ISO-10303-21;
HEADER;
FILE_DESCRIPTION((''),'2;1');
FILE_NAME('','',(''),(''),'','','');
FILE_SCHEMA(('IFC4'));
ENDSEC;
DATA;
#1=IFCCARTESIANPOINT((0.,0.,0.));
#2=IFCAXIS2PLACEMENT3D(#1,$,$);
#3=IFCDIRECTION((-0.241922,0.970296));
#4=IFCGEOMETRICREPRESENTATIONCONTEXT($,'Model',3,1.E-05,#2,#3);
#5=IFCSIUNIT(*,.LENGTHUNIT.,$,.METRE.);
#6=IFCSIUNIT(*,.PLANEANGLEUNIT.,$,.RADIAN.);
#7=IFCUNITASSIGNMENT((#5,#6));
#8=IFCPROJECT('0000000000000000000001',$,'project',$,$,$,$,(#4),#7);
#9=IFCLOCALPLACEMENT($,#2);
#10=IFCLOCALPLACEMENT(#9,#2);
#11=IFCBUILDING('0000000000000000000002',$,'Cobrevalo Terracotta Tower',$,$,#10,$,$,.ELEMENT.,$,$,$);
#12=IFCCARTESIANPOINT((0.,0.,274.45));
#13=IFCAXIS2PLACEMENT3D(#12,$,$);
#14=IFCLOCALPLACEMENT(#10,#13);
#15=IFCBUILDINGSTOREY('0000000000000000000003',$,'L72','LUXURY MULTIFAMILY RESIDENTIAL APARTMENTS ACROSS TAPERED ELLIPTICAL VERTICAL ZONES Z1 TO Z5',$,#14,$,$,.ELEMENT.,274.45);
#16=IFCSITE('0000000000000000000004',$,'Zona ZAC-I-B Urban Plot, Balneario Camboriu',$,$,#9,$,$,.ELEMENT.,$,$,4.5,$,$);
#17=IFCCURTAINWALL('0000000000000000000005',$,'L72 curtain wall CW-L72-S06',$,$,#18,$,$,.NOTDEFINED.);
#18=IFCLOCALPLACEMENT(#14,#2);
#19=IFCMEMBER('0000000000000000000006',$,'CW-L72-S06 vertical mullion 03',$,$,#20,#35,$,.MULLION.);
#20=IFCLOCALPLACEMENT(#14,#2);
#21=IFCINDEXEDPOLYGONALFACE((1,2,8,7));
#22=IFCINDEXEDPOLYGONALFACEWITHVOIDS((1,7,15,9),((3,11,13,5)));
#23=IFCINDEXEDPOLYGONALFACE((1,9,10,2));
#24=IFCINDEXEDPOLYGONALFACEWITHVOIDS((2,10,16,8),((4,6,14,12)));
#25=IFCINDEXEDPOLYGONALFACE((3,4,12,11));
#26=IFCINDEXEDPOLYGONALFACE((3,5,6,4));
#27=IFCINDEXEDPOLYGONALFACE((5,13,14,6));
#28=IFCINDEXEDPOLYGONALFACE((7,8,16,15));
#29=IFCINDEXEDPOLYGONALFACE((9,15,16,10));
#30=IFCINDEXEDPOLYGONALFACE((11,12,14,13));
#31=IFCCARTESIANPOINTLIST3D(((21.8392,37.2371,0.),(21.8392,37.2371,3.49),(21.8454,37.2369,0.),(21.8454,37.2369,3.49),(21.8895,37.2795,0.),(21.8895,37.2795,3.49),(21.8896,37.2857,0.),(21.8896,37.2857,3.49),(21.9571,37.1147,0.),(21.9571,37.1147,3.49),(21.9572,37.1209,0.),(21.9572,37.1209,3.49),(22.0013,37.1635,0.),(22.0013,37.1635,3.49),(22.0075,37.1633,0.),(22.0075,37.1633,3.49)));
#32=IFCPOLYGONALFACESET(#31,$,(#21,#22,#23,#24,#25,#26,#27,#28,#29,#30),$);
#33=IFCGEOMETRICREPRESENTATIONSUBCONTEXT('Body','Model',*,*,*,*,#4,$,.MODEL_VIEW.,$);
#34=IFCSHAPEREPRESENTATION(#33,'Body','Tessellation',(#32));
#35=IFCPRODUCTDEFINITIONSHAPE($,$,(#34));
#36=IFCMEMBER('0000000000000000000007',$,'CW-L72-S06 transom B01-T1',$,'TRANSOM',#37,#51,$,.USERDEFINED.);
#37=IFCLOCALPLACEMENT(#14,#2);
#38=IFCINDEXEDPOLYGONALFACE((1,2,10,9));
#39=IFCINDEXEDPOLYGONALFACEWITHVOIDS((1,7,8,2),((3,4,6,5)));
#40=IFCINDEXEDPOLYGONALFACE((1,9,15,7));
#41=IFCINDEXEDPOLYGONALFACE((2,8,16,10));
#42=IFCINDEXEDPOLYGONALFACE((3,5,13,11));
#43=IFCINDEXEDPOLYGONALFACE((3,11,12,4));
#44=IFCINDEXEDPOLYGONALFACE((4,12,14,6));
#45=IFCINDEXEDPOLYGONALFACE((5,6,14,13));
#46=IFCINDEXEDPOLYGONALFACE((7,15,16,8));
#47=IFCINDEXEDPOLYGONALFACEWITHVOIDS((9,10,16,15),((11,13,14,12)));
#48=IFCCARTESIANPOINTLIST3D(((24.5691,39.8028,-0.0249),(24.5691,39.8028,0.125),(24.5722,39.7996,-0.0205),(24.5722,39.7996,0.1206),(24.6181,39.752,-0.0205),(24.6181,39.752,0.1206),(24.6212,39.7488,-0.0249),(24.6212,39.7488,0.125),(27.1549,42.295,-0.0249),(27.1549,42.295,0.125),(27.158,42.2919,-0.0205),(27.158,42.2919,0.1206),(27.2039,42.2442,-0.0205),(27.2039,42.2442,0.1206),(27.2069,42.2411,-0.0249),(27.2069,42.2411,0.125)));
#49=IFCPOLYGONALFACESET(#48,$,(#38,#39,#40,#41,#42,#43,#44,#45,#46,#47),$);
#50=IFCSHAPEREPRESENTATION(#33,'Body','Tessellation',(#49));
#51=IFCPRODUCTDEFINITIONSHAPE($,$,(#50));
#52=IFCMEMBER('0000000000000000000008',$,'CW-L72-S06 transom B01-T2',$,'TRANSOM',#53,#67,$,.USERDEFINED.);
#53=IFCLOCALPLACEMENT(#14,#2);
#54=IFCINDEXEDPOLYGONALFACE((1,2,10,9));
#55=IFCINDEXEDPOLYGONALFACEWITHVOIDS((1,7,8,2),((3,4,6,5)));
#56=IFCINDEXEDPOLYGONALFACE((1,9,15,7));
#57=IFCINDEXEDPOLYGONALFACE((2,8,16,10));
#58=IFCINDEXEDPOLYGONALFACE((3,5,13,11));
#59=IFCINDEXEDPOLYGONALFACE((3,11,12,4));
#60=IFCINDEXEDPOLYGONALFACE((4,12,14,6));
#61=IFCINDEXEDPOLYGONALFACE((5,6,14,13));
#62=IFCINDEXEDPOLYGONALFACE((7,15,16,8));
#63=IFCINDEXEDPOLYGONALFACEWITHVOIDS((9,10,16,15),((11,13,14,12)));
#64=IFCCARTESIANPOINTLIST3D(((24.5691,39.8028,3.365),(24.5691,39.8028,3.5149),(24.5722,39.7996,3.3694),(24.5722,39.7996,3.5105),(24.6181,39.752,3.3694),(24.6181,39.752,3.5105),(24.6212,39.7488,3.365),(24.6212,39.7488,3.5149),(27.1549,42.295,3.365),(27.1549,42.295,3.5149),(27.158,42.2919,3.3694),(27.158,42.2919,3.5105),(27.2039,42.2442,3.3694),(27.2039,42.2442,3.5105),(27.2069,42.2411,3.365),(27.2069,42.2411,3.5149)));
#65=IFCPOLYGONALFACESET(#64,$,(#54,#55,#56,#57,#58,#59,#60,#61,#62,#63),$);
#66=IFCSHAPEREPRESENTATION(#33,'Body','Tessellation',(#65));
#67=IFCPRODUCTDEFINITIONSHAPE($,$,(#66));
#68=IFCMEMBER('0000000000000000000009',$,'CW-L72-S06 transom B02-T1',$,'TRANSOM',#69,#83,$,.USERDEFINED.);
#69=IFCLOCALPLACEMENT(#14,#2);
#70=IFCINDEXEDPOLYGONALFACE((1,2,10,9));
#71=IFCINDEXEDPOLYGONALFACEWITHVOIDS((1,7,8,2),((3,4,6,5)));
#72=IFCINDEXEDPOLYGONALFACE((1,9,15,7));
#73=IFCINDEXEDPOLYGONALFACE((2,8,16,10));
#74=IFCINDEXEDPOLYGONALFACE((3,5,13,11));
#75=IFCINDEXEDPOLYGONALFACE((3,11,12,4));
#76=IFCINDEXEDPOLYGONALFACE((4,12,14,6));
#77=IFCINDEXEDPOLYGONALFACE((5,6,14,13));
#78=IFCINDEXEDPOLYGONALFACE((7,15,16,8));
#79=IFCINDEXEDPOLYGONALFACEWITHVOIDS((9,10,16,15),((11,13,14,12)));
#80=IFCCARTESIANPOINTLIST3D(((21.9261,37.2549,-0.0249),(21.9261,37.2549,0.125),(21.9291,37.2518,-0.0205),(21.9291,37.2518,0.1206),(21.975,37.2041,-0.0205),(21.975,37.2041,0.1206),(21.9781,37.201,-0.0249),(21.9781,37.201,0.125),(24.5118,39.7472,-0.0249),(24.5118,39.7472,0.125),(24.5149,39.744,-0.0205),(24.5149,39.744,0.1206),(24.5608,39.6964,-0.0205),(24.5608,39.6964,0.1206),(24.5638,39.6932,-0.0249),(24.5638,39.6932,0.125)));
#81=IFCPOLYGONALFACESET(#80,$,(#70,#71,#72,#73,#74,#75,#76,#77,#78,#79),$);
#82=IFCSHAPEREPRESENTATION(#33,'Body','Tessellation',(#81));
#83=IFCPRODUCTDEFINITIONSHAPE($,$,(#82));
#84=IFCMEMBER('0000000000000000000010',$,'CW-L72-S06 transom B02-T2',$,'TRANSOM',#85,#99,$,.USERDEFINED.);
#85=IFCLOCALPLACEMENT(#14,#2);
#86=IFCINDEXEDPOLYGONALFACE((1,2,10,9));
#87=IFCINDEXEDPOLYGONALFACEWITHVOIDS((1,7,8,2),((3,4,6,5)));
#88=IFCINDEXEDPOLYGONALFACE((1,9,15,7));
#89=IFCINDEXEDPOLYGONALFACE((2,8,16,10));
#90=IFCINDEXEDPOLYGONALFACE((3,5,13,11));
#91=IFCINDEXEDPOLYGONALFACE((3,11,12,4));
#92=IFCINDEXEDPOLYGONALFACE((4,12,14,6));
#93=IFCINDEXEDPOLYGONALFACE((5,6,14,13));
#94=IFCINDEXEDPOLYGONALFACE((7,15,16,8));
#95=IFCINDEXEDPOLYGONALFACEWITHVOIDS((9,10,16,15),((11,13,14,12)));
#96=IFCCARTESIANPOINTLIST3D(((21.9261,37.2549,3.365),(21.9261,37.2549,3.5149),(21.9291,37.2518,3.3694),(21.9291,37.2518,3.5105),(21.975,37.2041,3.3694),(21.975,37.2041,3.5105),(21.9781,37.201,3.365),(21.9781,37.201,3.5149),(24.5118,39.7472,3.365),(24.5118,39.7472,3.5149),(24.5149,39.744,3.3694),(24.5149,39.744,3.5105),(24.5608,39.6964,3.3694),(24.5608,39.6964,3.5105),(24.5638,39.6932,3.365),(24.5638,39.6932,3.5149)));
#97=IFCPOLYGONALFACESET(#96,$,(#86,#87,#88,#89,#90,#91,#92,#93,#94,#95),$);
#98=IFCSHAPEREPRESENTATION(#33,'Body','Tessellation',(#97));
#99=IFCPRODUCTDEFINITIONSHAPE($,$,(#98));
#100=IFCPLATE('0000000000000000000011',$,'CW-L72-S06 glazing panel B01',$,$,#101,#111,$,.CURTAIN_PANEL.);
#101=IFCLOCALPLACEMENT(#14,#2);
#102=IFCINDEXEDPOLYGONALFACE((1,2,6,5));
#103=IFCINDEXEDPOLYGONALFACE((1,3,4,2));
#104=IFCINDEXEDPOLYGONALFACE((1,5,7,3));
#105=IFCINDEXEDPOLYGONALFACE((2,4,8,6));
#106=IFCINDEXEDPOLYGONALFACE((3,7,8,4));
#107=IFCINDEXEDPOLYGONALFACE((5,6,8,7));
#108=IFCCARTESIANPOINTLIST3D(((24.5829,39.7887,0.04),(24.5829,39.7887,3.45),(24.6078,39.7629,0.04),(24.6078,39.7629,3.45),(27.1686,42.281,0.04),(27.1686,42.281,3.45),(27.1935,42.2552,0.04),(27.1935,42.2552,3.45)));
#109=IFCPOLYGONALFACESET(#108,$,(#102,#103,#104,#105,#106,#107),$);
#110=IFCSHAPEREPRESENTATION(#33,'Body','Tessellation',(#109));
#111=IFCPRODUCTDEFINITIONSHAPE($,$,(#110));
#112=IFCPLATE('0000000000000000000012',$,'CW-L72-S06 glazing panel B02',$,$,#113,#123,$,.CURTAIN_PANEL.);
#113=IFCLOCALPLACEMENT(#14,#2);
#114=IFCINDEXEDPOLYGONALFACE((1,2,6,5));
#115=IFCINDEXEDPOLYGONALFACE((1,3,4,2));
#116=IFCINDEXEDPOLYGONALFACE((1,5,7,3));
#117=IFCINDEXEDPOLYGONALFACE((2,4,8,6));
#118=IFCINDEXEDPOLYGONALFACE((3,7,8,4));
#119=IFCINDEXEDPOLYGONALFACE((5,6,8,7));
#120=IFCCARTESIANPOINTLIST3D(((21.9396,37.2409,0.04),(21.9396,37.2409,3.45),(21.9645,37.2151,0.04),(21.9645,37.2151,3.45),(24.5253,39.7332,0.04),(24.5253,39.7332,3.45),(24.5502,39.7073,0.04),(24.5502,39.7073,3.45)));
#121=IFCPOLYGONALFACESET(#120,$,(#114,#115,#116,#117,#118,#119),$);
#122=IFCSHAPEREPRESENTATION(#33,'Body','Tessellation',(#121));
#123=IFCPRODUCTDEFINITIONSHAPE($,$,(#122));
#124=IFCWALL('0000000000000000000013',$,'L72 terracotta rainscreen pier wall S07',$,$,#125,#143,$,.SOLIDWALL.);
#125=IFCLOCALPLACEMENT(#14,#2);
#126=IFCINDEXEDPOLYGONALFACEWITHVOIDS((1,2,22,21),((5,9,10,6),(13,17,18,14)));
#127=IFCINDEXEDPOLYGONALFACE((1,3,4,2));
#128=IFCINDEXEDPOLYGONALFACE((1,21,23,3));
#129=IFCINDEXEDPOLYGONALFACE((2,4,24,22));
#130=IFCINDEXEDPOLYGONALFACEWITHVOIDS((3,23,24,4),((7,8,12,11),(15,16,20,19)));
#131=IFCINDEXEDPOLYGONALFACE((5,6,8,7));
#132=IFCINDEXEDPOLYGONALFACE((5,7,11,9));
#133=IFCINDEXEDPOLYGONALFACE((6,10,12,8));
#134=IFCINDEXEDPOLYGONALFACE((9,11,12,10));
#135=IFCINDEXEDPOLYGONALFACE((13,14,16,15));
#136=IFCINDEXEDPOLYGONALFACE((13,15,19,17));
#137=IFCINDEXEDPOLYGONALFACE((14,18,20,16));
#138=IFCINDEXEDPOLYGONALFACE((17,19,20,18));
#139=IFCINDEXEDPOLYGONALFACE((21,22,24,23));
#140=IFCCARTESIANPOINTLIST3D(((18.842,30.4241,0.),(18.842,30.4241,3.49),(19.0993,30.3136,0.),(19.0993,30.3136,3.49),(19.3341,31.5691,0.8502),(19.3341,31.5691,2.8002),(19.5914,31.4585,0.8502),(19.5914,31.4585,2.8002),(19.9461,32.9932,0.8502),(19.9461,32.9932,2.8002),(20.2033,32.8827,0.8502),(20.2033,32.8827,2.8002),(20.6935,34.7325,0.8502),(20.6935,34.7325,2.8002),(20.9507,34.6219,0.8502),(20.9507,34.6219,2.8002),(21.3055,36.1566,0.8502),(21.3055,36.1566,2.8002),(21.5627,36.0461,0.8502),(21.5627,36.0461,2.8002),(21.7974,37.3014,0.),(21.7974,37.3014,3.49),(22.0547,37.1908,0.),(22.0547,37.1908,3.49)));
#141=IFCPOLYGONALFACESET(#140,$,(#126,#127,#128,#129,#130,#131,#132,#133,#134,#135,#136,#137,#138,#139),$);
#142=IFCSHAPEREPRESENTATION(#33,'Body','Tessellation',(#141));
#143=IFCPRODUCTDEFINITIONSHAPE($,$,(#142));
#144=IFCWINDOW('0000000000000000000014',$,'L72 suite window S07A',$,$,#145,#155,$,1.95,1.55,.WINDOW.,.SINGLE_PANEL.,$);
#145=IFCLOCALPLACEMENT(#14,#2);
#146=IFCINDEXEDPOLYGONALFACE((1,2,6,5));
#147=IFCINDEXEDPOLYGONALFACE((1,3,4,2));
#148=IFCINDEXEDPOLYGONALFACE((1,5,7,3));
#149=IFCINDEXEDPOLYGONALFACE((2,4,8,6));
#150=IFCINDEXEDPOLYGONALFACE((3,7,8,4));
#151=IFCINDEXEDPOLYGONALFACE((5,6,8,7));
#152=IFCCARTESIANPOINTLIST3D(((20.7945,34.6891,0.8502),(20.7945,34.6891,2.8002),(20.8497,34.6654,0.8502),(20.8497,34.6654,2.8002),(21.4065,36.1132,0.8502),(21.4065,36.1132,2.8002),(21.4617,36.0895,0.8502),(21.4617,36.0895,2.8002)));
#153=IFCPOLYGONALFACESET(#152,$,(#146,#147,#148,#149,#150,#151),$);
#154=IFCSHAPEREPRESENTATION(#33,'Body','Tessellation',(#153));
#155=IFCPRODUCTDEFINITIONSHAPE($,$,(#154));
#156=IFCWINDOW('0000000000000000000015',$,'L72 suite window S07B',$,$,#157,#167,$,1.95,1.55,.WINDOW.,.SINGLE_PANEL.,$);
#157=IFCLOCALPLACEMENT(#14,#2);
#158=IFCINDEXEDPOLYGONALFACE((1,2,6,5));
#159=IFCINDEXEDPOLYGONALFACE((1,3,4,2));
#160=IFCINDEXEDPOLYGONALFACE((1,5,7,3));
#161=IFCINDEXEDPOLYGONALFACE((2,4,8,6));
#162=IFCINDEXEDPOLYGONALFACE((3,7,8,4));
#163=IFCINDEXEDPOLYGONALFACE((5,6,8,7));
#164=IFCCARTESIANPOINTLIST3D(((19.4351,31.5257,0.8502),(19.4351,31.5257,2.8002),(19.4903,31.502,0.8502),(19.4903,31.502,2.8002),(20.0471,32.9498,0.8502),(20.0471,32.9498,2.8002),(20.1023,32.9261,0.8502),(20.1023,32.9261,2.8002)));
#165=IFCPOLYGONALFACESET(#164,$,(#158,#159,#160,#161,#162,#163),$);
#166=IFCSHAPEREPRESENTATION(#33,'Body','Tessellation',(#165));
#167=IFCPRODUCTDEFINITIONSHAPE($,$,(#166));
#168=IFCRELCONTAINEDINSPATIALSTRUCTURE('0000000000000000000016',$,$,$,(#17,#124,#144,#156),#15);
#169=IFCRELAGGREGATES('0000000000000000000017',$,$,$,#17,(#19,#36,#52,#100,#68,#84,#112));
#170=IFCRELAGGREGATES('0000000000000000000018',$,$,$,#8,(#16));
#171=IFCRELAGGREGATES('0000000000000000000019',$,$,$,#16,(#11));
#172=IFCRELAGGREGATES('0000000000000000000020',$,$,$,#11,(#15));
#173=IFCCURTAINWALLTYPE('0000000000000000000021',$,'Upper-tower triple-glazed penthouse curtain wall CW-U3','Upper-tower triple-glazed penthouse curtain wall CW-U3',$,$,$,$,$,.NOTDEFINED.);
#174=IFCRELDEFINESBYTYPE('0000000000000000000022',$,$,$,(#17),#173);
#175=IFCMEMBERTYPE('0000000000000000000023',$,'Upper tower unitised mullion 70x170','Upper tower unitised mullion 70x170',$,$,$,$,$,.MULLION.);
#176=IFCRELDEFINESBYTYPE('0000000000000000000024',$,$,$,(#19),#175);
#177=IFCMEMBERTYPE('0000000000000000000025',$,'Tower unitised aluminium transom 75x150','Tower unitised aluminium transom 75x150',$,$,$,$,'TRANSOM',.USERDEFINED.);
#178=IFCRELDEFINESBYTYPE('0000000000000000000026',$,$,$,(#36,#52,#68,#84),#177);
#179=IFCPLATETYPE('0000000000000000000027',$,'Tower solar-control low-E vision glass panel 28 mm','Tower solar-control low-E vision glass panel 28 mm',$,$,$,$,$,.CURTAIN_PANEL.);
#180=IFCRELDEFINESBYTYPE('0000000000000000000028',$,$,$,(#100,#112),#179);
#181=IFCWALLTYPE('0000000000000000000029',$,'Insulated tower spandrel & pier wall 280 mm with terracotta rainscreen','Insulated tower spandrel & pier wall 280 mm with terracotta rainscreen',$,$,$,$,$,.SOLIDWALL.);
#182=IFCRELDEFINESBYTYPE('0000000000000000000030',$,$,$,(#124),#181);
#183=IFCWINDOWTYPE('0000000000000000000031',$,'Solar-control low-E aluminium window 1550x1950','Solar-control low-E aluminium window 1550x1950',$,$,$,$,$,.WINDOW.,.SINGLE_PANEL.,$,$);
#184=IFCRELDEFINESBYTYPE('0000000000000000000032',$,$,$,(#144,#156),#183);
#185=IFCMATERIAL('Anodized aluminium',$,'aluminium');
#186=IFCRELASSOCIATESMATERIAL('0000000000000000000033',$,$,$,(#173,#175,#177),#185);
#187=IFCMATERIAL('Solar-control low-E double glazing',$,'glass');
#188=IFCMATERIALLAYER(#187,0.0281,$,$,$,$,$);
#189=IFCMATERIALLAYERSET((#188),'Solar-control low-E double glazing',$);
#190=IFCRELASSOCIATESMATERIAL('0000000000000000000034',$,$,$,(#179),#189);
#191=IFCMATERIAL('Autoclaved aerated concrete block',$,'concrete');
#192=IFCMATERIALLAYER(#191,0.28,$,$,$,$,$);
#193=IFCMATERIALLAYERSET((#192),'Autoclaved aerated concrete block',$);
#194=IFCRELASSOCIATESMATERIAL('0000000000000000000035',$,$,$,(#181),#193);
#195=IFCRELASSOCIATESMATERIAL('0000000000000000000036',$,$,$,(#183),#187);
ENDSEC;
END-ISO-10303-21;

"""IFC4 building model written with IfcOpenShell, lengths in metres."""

from ifc_helpers import new_model, si_unit, direction, frame, frame_2d, origin, origin_2d, place, context, subcontext, project, spatial, rectangle, hollow_rectangle, extrude, source, transform, mapped, material, layer, layer_set, material_profile, profile_set, type_object, element, fill, aggregate, save


model = new_model("IFC4")

# Units and contexts
model_context = context("Model", 3, precision=1e-05, world=origin(), true_north=direction((-0.241922, 0.970296)))
body_context = subcontext(model_context, "Body", "Model", "MODEL_VIEW")
ifc_project = project(units=[si_unit("LENGTHUNIT", "METRE"), si_unit("PLANEANGLEUNIT", "RADIAN")], contexts=[model_context])

# Site, building, storey
site_placement = place(None, origin())
site = spatial("IfcSite", under=ifc_project, at=site_placement, Name="Zona ZAC-I-B Urban Plot, Balneario Camboriu", CompositionType="ELEMENT", RefElevation=4.5)
building_placement = place(site_placement, origin())
building = spatial("IfcBuilding", under=site, at=building_placement, Name="Cobrevalo Terracotta Tower", CompositionType="ELEMENT")
storey_placement = place(building_placement, frame((0.0, 0.0, 274.45)))
storey = spatial("IfcBuildingStorey", under=building, at=storey_placement, Name="L72", Description="LUXURY MULTIFAMILY RESIDENTIAL APARTMENTS ACROSS TAPERED ELLIPTICAL VERTICAL ZONES Z1 TO Z5", CompositionType="ELEMENT", Elevation=274.45)

# Curtain wall, members, plates
ifc_material_1 = material(Name="Anodized aluminium", Category="aluminium")
curtain_wall_type = type_object("IfcCurtainWallType", Name="Upper-tower triple-glazed penthouse curtain wall CW-U3", Description="Upper-tower triple-glazed penthouse curtain wall CW-U3", PredefinedType="NOTDEFINED", material=ifc_material_1)
curtain_wall_placement = place(storey_placement, origin())
curtain_wall = element("IfcCurtainWall", 1, at=curtain_wall_placement, inside=storey, type_object=curtain_wall_type, Name="L72 curtain wall CW-L72-S06", PredefinedType="NOTDEFINED")
ifc_material_profile_1 = material_profile(ifc_material_1, hollow_rectangle(XDim=0.0701, YDim=0.1699, WallThickness=0.0044, at=origin_2d()), Name="CWM 70x170")
ifc_profile_set_1 = profile_set([ifc_material_profile_1], Name="Anodized aluminium")
member_type_1 = type_object("IfcMemberType", Name="Upper tower unitised mullion 70x170", Description="Upper tower unitised mullion 70x170", PredefinedType="MULLION", material=ifc_profile_set_1)
shared_shape_1 = source(origin(), body_context, "Body", "SweptSolid", [
    extrude(hollow_rectangle(XDim=0.0701, YDim=0.1699, WallThickness=0.0044, at=origin_2d()), origin(), (0.0, 0.0, 1.0), 3.49),
])
member_1_placement = place(storey_placement, frame((21.9233, 37.2002, 0.0), z_axis=(0.0, 0.0, 1.0), x_axis=(-0.719994, -0.69398, 0.0)))
member_1 = element("IfcMember", 2, at=member_1_placement, type_object=member_type_1, Name="CW-L72-S06 vertical mullion 03", PredefinedType="MULLION", context=body_context, shape_type="MappedRepresentation", body=[
    mapped(shared_shape_1, transform((0.0, 0.0, 0.0), scale=1.0)),
])
ifc_material_profile_2 = material_profile(ifc_material_1, hollow_rectangle(XDim=0.075, YDim=0.1499, WallThickness=0.0044, at=origin_2d()), Name="CWT 75x150")
ifc_profile_set_2 = profile_set([ifc_material_profile_2], Name="Anodized aluminium")
member_type_2 = type_object("IfcMemberType", Name="Tower unitised aluminium transom 75x150", Description="Tower unitised aluminium transom 75x150", ElementType="TRANSOM", PredefinedType="USERDEFINED", material=ifc_profile_set_2)
shared_shape_2 = source(origin(), body_context, "Body", "SweptSolid", [
    extrude(hollow_rectangle(XDim=0.075, YDim=0.1499, WallThickness=0.0044, at=origin_2d()), origin(), (0.0, 0.0, 1.0), 3.5913),
])
member_2_placement = place(storey_placement, frame((27.1809, 42.2681, 0.05), z_axis=(-0.720006, -0.693968, 0.0), x_axis=(0.693968, -0.720006, 0.0)))
member_2 = element("IfcMember", 3, at=member_2_placement, type_object=member_type_2, Name="CW-L72-S06 transom B01-T1", ObjectType="TRANSOM", PredefinedType="USERDEFINED", context=body_context, shape_type="MappedRepresentation", body=[
    mapped(shared_shape_2, transform((0.0, 0.0, 0.0), scale=1.0)),
])
member_3_placement = place(storey_placement, frame((27.1809, 42.2681, 3.4399), z_axis=(-0.720006, -0.693968, 0.0), x_axis=(0.693968, -0.720006, 0.0)))
member_3 = element("IfcMember", 4, at=member_3_placement, type_object=member_type_2, Name="CW-L72-S06 transom B01-T2", ObjectType="TRANSOM", PredefinedType="USERDEFINED", context=body_context, shape_type="MappedRepresentation", body=[
    mapped(shared_shape_2, transform((0.0, 0.0, 0.0), scale=1.0)),
])
member_4_placement = place(storey_placement, frame((24.5378, 39.7202, 0.05), z_axis=(-0.720006, -0.693968, 0.0), x_axis=(0.693968, -0.720006, 0.0)))
member_4 = element("IfcMember", 5, at=member_4_placement, type_object=member_type_2, Name="CW-L72-S06 transom B02-T1", ObjectType="TRANSOM", PredefinedType="USERDEFINED", context=body_context, shape_type="MappedRepresentation", body=[
    mapped(shared_shape_2, transform((0.0, 0.0, 0.0), scale=1.0)),
])
member_5_placement = place(storey_placement, frame((24.5378, 39.7202, 3.4399), z_axis=(-0.720006, -0.693968, 0.0), x_axis=(0.693968, -0.720006, 0.0)))
member_5 = element("IfcMember", 6, at=member_5_placement, type_object=member_type_2, Name="CW-L72-S06 transom B02-T2", ObjectType="TRANSOM", PredefinedType="USERDEFINED", context=body_context, shape_type="MappedRepresentation", body=[
    mapped(shared_shape_2, transform((0.0, 0.0, 0.0), scale=1.0)),
])
ifc_material_2 = material(Name="Solar-control low-E double glazing", Category="glass")
ifc_layer_1 = layer(ifc_material_2, 0.0281)
ifc_layer_set_1 = layer_set([ifc_layer_1], Name="Solar-control low-E double glazing")
plate_type = type_object("IfcPlateType", Name="Tower solar-control low-E vision glass panel 28 mm", Description="Tower solar-control low-E vision glass panel 28 mm", PredefinedType="CURTAIN_PANEL", material=ifc_layer_set_1)
shared_shape_3 = source(origin(), body_context, "Body", "SweptSolid", [
    extrude(rectangle(XDim=3.5913, YDim=0.0359, at=origin_2d()), origin(), (0.0, 0.0, 1.0), 3.4099),
])
plate_1_placement = place(storey_placement, frame((25.8882, 41.022, 0.04), z_axis=(0.0, 0.0, 1.0), x_axis=(-0.719997, -0.693978, 0.0)))
plate_1 = element("IfcPlate", 7, at=plate_1_placement, type_object=plate_type, Name="CW-L72-S06 glazing panel B01", PredefinedType="CURTAIN_PANEL", context=body_context, shape_type="MappedRepresentation", body=[
    mapped(shared_shape_3, transform((0.0, 0.0, 0.0), scale=1.0)),
])
plate_2_placement = place(storey_placement, frame((23.2449, 38.4741, 0.04), z_axis=(0.0, 0.0, 1.0), x_axis=(-0.719997, -0.693978, 0.0)))
plate_2 = element("IfcPlate", 8, at=plate_2_placement, type_object=plate_type, Name="CW-L72-S06 glazing panel B02", PredefinedType="CURTAIN_PANEL", context=body_context, shape_type="MappedRepresentation", body=[
    mapped(shared_shape_3, transform((0.0, 0.0, 0.0), scale=1.0)),
])
aggregate(curtain_wall, [member_1, member_2, member_3, plate_1, member_4, member_5, plate_2])

# Wall, openings, windows
ifc_material_3 = material(Name="Autoclaved aerated concrete block", Category="concrete")
ifc_layer_2 = layer(ifc_material_3, 0.28)
ifc_layer_set_2 = layer_set([ifc_layer_2], Name="Autoclaved aerated concrete block")
wall_type_1 = type_object("IfcWallType", Name="Insulated tower spandrel & pier wall 280 mm with terracotta rainscreen", Description="Insulated tower spandrel & pier wall 280 mm with terracotta rainscreen", PredefinedType="SOLIDWALL", material=ifc_layer_set_2)
wall_1_placement = place(storey_placement, frame((21.926, 37.2461, 0.0), z_axis=(0.0, 0.0, 1.0), x_axis=(-0.394817, -0.91876, 0.0)))
wall_1 = element("IfcWall", 9, at=wall_1_placement, inside=storey, type_object=wall_type_1, Name="L72 terracotta rainscreen pier wall S07", PredefinedType="SOLIDWALL", context=body_context, shape_type="SweptSolid", body=[
    extrude(rectangle(XDim=7.4854, YDim=0.28, at=frame_2d((3.7427, 0.0))), origin(), (0.0, 0.0, 1.0), 3.49),
])
opening_1_placement = place(wall_1_placement, frame((1.2461, 0.0, 0.8501)))
opening_1 = element("IfcOpeningElement", 10, at=opening_1_placement, cuts=wall_1, PredefinedType="OPENING", context=body_context, shape_type="SweptSolid", body=[
    extrude(rectangle(XDim=1.55, YDim=1.95, at=frame_2d((0.7749, 0.9751))), frame((0.0, 0.1499, 0.0), z_axis=(0.0, -1.0, 0.0), x_axis=(1.0, 0.0, 0.0)), (0.0, 0.0, 1.0), 0.3),
])
opening_2_placement = place(wall_1_placement, frame((4.6892, 0.0, 0.8501)))
opening_2 = element("IfcOpeningElement", 11, at=opening_2_placement, cuts=wall_1, PredefinedType="OPENING", context=body_context, shape_type="SweptSolid", body=[
    extrude(rectangle(XDim=1.55, YDim=1.95, at=frame_2d((0.7749, 0.9751))), frame((0.0, 0.1499, 0.0), z_axis=(0.0, -1.0, 0.0), x_axis=(1.0, 0.0, 0.0)), (0.0, 0.0, 1.0), 0.3),
])
window_type = type_object("IfcWindowType", Name="Solar-control low-E aluminium window 1550x1950", Description="Solar-control low-E aluminium window 1550x1950", PartitioningType="SINGLE_PANEL", PredefinedType="WINDOW", material=ifc_material_2)
shared_shape_4 = source(origin(), body_context, "Body", "SweptSolid", [
    extrude(rectangle(XDim=1.55, YDim=1.95, at=frame_2d((0.7749, 0.9751))), frame((0.0, 0.03, 0.0), z_axis=(0.0, -1.0, 0.0), x_axis=(1.0, 0.0, 0.0)), (0.0, 0.0, 1.0), 0.0601),
])
window_1_placement = place(opening_1_placement, origin())
window_1 = element("IfcWindow", 12, at=window_1_placement, inside=storey, type_object=window_type, Name="L72 suite window S07A", OverallHeight=1.95, OverallWidth=1.55, PartitioningType="SINGLE_PANEL", PredefinedType="WINDOW", context=body_context, shape_type="MappedRepresentation", body=[
    mapped(shared_shape_4, transform((0.0, 0.0, 0.0), scale=1.0)),
])
fill(opening_1, window_1)
window_2_placement = place(opening_2_placement, origin())
window_2 = element("IfcWindow", 13, at=window_2_placement, inside=storey, type_object=window_type, Name="L72 suite window S07B", OverallHeight=1.95, OverallWidth=1.55, PartitioningType="SINGLE_PANEL", PredefinedType="WINDOW", context=body_context, shape_type="MappedRepresentation", body=[
    mapped(shared_shape_4, transform((0.0, 0.0, 0.0), scale=1.0)),
])
fill(opening_2, window_2)

save(model, "model.ifc")
